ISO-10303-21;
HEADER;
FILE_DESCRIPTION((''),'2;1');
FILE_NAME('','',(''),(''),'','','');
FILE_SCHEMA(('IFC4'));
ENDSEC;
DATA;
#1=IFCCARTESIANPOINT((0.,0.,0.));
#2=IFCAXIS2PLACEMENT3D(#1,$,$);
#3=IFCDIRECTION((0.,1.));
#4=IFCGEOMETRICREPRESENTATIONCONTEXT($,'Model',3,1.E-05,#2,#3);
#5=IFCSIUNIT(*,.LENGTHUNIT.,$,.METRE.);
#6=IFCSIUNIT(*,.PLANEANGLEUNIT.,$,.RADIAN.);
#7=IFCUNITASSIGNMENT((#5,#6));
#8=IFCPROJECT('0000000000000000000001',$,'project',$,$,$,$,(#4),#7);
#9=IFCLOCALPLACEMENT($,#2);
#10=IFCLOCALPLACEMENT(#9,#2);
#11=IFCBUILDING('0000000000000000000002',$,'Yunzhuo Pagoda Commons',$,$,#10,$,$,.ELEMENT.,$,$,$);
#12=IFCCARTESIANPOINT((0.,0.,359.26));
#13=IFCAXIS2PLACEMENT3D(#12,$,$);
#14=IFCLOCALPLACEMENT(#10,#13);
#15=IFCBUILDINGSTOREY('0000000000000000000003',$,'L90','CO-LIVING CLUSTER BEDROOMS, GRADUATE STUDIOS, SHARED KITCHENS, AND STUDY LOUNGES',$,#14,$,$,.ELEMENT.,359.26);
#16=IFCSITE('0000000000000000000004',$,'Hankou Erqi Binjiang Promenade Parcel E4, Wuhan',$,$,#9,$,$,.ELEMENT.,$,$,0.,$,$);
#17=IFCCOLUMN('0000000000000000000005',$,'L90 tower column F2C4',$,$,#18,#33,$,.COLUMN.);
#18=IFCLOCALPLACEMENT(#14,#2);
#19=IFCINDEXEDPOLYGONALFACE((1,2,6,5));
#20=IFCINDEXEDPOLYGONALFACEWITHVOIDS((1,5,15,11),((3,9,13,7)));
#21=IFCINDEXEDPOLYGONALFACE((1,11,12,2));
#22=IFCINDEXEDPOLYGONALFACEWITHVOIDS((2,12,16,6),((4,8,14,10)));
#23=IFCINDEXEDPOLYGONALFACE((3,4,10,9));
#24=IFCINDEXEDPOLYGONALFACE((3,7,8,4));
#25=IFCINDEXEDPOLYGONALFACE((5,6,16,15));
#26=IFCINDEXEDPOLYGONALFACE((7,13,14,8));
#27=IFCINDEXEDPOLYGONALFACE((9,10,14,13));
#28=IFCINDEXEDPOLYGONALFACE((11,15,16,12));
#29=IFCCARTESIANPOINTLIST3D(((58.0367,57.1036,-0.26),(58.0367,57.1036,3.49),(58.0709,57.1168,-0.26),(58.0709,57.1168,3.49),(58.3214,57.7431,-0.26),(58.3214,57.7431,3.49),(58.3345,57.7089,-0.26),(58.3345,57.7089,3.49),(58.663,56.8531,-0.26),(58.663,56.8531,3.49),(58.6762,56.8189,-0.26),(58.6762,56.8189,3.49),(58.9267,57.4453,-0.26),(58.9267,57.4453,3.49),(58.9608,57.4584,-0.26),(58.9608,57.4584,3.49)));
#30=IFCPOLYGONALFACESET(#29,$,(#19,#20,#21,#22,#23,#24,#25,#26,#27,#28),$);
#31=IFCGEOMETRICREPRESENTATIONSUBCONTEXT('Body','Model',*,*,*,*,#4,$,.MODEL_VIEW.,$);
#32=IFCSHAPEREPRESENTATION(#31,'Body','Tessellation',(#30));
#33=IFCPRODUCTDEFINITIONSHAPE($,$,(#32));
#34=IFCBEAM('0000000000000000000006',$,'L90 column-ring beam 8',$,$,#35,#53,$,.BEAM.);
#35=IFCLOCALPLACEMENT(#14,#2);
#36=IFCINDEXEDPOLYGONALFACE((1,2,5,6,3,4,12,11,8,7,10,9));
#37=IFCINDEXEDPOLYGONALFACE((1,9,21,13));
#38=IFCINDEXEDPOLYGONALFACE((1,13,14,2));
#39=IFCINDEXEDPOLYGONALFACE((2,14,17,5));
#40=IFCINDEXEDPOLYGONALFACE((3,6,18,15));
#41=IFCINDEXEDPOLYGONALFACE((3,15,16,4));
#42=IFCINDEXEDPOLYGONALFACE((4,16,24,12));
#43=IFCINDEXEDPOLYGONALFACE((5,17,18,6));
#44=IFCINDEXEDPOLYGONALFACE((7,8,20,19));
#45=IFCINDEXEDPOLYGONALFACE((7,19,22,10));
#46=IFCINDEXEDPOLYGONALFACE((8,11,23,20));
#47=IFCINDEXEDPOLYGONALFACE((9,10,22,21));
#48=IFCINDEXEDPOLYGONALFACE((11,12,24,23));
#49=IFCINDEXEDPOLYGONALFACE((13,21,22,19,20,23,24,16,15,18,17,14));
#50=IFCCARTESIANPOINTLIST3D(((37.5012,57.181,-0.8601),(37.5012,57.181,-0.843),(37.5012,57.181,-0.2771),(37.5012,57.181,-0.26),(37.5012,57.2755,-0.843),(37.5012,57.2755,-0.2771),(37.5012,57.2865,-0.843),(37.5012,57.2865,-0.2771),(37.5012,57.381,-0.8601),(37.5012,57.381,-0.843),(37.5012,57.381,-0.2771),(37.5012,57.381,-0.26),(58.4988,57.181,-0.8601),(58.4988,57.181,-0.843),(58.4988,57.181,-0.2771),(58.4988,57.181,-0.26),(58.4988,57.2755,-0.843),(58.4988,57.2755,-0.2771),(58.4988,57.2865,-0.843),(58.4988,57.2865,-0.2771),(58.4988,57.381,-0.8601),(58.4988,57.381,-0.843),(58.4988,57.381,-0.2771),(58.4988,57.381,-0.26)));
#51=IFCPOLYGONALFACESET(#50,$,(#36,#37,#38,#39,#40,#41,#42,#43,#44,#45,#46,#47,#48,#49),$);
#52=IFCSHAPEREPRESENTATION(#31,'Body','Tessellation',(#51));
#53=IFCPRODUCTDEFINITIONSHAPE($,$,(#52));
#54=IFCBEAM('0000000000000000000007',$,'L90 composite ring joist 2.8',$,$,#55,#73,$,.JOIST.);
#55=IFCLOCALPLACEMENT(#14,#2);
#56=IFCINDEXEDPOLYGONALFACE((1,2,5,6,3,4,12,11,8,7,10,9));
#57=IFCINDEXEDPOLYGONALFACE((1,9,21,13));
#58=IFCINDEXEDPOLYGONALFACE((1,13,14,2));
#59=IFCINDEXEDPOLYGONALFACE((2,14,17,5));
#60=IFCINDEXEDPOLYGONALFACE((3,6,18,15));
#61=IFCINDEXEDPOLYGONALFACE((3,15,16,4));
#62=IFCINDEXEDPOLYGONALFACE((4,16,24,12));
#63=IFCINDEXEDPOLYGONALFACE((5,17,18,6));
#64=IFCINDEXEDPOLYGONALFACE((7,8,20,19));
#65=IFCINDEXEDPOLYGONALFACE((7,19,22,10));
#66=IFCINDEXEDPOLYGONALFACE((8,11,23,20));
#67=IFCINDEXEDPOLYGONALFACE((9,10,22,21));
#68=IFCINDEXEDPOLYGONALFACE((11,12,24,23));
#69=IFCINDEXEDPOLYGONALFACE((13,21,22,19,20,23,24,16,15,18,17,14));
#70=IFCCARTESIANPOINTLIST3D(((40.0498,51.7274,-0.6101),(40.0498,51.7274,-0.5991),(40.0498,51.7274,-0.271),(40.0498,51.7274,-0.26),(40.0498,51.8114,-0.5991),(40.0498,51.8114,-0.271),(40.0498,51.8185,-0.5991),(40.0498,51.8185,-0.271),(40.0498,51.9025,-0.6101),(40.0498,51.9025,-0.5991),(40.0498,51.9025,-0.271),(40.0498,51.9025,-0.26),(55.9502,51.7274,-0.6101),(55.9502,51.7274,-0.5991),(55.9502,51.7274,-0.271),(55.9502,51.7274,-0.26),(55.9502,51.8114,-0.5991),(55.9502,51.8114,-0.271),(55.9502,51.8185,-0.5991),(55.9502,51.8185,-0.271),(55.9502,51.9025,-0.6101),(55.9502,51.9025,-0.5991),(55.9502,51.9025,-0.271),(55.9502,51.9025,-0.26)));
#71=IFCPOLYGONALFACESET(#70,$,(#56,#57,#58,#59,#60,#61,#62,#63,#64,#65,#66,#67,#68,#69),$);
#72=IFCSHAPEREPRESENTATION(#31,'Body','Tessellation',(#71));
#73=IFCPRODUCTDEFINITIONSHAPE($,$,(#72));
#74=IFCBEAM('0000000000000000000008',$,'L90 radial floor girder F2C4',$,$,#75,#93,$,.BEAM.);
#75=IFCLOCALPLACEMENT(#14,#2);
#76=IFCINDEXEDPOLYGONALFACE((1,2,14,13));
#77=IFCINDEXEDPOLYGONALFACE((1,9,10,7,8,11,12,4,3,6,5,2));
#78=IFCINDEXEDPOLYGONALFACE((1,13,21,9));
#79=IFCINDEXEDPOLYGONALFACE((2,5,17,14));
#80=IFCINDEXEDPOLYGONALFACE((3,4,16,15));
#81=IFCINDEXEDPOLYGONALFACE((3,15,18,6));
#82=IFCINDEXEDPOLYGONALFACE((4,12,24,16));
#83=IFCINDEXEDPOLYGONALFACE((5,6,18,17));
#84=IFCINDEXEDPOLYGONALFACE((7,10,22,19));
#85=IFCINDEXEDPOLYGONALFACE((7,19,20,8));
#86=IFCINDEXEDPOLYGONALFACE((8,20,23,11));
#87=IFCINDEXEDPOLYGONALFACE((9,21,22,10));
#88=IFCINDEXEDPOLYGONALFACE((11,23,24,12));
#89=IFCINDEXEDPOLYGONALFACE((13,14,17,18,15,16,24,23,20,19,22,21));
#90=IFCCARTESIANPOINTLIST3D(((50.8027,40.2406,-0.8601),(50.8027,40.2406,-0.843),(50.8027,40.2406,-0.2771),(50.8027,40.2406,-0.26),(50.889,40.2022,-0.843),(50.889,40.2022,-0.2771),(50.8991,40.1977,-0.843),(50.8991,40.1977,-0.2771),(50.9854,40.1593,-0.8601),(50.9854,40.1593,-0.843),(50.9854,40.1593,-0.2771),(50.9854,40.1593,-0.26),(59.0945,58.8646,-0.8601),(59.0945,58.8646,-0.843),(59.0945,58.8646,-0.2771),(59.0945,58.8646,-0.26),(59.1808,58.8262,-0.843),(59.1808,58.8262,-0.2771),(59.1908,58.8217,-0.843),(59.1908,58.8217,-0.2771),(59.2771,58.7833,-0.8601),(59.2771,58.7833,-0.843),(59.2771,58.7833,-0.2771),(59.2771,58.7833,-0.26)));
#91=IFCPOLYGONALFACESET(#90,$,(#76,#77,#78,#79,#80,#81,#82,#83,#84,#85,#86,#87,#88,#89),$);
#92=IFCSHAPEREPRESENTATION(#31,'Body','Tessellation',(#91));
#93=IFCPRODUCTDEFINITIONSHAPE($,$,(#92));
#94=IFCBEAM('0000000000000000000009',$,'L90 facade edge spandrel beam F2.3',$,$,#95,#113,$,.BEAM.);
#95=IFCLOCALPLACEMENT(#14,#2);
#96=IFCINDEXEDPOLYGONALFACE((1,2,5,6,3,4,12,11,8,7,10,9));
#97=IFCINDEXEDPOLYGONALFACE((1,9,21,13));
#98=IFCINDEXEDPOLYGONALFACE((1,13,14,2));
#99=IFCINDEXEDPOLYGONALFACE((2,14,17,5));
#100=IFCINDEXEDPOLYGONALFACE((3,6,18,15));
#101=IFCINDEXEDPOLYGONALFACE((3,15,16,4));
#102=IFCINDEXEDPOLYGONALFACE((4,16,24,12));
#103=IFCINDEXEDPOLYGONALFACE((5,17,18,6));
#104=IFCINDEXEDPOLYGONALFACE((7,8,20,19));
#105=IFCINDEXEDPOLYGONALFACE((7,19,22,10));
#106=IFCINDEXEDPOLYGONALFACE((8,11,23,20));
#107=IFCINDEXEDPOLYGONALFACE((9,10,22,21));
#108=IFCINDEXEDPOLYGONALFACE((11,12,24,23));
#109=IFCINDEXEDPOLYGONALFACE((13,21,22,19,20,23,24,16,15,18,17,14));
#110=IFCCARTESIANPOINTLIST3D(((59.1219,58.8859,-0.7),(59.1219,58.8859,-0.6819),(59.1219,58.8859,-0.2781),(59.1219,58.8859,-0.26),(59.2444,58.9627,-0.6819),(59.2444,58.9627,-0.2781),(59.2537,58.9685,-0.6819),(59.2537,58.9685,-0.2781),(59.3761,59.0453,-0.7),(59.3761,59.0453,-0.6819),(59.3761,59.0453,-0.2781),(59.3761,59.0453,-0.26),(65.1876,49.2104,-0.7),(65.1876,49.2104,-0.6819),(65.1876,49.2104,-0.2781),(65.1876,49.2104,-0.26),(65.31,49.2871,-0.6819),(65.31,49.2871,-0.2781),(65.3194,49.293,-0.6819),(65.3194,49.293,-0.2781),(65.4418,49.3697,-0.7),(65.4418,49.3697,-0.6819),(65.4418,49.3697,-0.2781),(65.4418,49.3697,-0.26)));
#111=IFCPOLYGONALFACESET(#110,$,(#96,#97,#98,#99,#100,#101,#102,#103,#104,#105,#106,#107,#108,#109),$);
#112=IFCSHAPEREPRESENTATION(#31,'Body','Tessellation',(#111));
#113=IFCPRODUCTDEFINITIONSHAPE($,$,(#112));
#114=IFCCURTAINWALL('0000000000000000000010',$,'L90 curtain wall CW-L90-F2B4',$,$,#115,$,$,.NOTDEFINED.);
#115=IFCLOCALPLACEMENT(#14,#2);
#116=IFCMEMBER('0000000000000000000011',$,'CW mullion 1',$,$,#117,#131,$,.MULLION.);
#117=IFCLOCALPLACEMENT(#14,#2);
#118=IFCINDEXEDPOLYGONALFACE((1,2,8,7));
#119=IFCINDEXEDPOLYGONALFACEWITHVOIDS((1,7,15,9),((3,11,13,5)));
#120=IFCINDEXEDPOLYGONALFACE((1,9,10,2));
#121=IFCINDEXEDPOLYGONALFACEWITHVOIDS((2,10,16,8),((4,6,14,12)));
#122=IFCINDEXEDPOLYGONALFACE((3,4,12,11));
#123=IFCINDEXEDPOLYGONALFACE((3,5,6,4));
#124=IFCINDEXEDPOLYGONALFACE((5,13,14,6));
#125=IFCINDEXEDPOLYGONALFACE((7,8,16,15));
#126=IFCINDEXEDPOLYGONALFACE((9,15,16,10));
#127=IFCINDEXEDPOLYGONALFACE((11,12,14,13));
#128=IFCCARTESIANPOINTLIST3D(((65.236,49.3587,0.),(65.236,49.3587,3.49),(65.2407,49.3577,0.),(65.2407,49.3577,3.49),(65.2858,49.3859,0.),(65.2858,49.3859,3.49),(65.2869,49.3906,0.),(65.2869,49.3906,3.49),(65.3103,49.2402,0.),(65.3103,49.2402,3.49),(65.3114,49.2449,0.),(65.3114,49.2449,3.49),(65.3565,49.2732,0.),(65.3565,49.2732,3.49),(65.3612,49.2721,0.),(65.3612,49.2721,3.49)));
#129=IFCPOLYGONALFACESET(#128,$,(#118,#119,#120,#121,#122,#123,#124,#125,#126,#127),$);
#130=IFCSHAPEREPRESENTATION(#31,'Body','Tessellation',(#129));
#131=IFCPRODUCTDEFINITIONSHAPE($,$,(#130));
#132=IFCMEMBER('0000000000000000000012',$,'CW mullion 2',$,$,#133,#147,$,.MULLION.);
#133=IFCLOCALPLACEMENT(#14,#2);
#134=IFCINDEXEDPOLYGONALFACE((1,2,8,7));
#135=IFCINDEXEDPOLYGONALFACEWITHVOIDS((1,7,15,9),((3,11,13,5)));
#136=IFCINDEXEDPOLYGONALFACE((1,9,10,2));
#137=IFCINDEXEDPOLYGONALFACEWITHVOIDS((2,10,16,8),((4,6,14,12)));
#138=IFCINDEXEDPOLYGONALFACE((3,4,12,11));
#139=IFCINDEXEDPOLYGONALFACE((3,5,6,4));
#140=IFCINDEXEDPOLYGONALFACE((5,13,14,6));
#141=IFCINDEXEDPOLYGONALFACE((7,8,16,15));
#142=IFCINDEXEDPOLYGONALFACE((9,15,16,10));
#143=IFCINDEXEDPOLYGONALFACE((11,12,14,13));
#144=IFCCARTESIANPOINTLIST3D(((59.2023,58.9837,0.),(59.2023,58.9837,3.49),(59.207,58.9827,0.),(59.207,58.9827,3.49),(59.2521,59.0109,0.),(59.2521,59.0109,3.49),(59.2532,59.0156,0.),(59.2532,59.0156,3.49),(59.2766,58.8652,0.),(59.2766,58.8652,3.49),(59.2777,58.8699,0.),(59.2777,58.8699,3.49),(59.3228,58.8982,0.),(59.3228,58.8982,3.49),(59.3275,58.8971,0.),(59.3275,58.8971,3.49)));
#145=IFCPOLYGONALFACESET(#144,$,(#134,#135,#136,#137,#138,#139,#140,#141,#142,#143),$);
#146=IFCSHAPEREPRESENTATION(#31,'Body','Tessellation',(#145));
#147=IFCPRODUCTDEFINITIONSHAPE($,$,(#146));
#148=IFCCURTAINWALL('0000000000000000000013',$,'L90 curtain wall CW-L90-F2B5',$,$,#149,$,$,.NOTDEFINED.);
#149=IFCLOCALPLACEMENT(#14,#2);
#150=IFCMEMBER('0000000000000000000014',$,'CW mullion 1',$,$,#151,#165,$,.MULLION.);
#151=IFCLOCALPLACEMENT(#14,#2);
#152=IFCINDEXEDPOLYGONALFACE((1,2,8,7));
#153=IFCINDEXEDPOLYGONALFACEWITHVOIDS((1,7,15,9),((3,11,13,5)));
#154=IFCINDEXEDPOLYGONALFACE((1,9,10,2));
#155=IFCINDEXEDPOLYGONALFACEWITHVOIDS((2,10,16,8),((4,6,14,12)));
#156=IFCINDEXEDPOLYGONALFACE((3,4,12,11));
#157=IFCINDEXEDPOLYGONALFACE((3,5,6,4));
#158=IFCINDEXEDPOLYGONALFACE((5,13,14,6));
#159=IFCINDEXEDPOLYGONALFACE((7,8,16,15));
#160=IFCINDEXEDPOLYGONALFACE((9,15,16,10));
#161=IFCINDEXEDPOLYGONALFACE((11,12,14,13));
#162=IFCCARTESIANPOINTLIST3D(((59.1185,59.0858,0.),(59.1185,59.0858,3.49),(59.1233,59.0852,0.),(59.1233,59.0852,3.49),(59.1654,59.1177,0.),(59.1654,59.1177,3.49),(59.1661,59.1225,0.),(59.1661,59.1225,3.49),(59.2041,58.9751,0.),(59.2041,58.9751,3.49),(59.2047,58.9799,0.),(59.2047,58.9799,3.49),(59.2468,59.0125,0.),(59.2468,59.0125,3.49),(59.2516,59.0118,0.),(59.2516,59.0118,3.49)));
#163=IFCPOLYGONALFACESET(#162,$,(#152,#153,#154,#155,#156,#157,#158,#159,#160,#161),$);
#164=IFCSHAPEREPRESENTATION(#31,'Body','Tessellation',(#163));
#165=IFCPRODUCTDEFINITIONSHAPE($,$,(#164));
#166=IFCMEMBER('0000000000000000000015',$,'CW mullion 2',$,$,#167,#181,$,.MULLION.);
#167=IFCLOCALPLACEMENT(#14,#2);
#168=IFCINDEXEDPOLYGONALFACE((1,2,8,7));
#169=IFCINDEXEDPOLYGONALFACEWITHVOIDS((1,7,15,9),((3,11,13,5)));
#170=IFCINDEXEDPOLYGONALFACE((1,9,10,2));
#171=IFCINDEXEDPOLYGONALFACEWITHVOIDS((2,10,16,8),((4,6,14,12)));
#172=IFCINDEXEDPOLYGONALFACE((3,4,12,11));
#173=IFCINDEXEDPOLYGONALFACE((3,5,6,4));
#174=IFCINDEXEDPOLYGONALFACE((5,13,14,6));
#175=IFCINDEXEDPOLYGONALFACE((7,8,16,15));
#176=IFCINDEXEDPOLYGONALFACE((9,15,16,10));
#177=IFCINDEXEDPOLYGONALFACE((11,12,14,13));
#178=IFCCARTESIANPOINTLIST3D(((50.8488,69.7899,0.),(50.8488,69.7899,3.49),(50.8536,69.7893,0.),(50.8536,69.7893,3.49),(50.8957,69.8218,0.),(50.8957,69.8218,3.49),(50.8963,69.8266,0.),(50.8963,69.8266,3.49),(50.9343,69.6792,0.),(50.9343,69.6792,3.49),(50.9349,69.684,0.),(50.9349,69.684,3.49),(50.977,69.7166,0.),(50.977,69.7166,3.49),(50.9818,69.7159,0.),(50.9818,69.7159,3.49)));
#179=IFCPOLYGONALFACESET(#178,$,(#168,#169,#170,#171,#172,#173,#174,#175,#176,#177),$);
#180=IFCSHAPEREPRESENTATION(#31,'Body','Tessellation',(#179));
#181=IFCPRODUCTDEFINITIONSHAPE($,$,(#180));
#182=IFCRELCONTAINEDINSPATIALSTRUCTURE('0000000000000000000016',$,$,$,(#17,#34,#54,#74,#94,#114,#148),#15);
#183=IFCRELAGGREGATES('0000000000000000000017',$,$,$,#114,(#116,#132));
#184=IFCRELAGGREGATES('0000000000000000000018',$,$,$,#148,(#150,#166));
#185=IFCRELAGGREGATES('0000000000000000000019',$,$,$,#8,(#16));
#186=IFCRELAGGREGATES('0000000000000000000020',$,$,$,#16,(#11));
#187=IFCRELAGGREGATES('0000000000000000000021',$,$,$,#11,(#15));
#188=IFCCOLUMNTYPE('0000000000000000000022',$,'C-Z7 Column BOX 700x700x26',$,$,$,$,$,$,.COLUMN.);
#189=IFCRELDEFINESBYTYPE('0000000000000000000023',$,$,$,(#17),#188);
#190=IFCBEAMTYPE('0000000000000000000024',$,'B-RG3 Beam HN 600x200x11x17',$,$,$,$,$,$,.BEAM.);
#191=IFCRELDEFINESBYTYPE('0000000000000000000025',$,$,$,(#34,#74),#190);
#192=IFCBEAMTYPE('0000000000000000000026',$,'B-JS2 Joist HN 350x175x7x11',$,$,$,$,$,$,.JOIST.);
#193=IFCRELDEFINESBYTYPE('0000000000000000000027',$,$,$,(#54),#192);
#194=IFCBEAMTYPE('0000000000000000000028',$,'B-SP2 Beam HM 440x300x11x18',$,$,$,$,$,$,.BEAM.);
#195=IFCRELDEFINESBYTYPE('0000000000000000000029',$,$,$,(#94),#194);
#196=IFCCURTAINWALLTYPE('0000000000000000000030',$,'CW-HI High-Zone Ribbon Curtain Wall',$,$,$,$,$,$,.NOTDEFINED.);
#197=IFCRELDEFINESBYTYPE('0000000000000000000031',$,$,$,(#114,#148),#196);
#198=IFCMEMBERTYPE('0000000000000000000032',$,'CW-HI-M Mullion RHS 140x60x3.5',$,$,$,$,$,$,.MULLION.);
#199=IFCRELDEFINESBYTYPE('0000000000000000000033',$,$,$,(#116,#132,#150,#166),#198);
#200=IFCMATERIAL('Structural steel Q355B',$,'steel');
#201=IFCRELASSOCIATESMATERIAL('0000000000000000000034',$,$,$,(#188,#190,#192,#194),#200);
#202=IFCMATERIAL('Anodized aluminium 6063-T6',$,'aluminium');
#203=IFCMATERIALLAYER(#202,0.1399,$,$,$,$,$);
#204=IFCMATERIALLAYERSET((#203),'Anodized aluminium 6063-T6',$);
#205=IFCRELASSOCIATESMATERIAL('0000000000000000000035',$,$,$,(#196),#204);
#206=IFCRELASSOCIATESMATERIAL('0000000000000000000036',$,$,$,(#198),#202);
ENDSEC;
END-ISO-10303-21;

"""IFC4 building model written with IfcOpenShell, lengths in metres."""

from ifc_helpers import new_model, si_unit, direction, frame, origin, origin_2d, place, context, subcontext, project, spatial, hollow_rectangle, i_section, extrude, source, transform, mapped, material, layer, layer_set, material_profile, profile_set, type_object, element, aggregate, save


model = new_model("IFC4")

# Units and contexts
model_context = context("Model", 3, precision=1e-05, world=origin(), true_north=direction((0.0, 1.0)))
body_context = subcontext(model_context, "Body", "Model", "MODEL_VIEW")
ifc_project = project(units=[si_unit("LENGTHUNIT", "METRE"), si_unit("PLANEANGLEUNIT", "RADIAN")], contexts=[model_context])

# Site, building, storey
site_placement = place(None, origin())
site = spatial("IfcSite", under=ifc_project, at=site_placement, Name="Hankou Erqi Binjiang Promenade Parcel E4, Wuhan", CompositionType="ELEMENT", RefElevation=0.0)
building_placement = place(site_placement, origin())
building = spatial("IfcBuilding", under=site, at=building_placement, Name="Yunzhuo Pagoda Commons", CompositionType="ELEMENT")
storey_placement = place(building_placement, frame((0.0, 0.0, 359.26)))
storey = spatial("IfcBuildingStorey", under=building, at=storey_placement, Name="L90", Description="CO-LIVING CLUSTER BEDROOMS, GRADUATE STUDIOS, SHARED KITCHENS, AND STUDY LOUNGES", CompositionType="ELEMENT", Elevation=359.26)

# Column
ifc_material_1 = material(Name="Structural steel Q355B", Category="steel")
ifc_material_profile_1 = material_profile(ifc_material_1, hollow_rectangle(XDim=0.7, YDim=0.7, WallThickness=0.0259, at=origin_2d()), Name="Structural steel Q355B")
ifc_profile_set_1 = profile_set([ifc_material_profile_1], Name="Structural steel Q355B")
column_type = type_object("IfcColumnType", Name="C-Z7 Column BOX 700x700x26", PredefinedType="COLUMN", material=ifc_profile_set_1)
shared_shape_1 = source(origin(), body_context, "Body", "SweptSolid", [
    extrude(hollow_rectangle(XDim=0.7, YDim=0.7, WallThickness=0.0259, at=origin_2d()), origin(), (0.0, 0.0, 1.0), 3.75),
])
column_placement = place(storey_placement, frame((58.4988, 57.281, -0.26), z_axis=(0.0, 0.0, 1.0), x_axis=(-0.913545, 0.406737, 0.0)))
element("IfcColumn", 1, at=column_placement, inside=storey, type_object=column_type, Name="L90 tower column F2C4", PredefinedType="COLUMN", context=body_context, shape_type="MappedRepresentation", body=[
    mapped(shared_shape_1, transform((0.0, 0.0, 0.0), scale=1.0)),
])

# Beams
ifc_material_profile_2 = material_profile(ifc_material_1, i_section(OverallWidth=0.2, OverallDepth=0.6001, WebThickness=0.011, FlangeThickness=0.0171, at=origin_2d()), Name="Structural steel Q355B")
ifc_profile_set_2 = profile_set([ifc_material_profile_2], Name="Structural steel Q355B")
beam_type_1 = type_object("IfcBeamType", Name="B-RG3 Beam HN 600x200x11x17", PredefinedType="BEAM", material=ifc_profile_set_2)
shared_shape_2 = source(origin(), body_context, "Body", "SweptSolid", [
    extrude(i_section(OverallWidth=0.2, OverallDepth=0.6001, WebThickness=0.011, FlangeThickness=0.0171, at=origin_2d()), origin(), (0.0, 0.0, 1.0), 20.9976),
])
beam_1_placement = place(storey_placement, frame((58.4988, 57.281, -0.5601), z_axis=(-1.0, 0.0, 0.0), x_axis=(0.0, -1.0, 0.0)))
element("IfcBeam", 2, at=beam_1_placement, inside=storey, type_object=beam_type_1, Name="L90 column-ring beam 8", PredefinedType="BEAM", context=body_context, shape_type="MappedRepresentation", body=[
    mapped(shared_shape_2, transform((0.0, 0.0, 0.0), scale=1.0)),
])
ifc_material_profile_3 = material_profile(ifc_material_1, i_section(OverallWidth=0.175, OverallDepth=0.3501, WebThickness=0.0071, FlangeThickness=0.011, at=origin_2d()), Name="Structural steel Q355B")
ifc_profile_set_3 = profile_set([ifc_material_profile_3], Name="Structural steel Q355B")
beam_type_2 = type_object("IfcBeamType", Name="B-JS2 Joist HN 350x175x7x11", PredefinedType="JOIST", material=ifc_profile_set_3)
shared_shape_3 = source(origin(), body_context, "Body", "SweptSolid", [
    extrude(i_section(OverallWidth=0.175, OverallDepth=0.3501, WebThickness=0.0071, FlangeThickness=0.011, at=origin_2d()), origin(), (0.0, 0.0, 1.0), 15.9004),
])
beam_2_placement = place(storey_placement, frame((55.9502, 51.8149, -0.4351), z_axis=(-1.0, 0.0, 0.0), x_axis=(0.0, -1.0, 0.0)))
element("IfcBeam", 3, at=beam_2_placement, inside=storey, type_object=beam_type_2, Name="L90 composite ring joist 2.8", PredefinedType="JOIST", context=body_context, shape_type="MappedRepresentation", body=[
    mapped(shared_shape_3, transform((0.0, 0.0, 0.0), scale=1.0)),
])
shared_shape_4 = source(origin(), body_context, "Body", "SweptSolid", [
    extrude(i_section(OverallWidth=0.2, OverallDepth=0.6001, WebThickness=0.011, FlangeThickness=0.0171, at=origin_2d()), origin(), (0.0, 0.0, 1.0), 20.3865),
])
beam_3_placement = place(storey_placement, frame((59.1858, 58.824, -0.5601), z_axis=(-0.406728, -0.913549, 0.0), x_axis=(0.913549, -0.406728, 0.0)))
element("IfcBeam", 4, at=beam_3_placement, inside=storey, type_object=beam_type_1, Name="L90 radial floor girder F2C4", PredefinedType="BEAM", context=body_context, shape_type="MappedRepresentation", body=[
    mapped(shared_shape_4, transform((0.0, 0.0, 0.0), scale=1.0)),
])
ifc_material_profile_4 = material_profile(ifc_material_1, i_section(OverallWidth=0.3, OverallDepth=0.4399, WebThickness=0.011, FlangeThickness=0.0181, at=origin_2d()), Name="Structural steel Q355B")
ifc_profile_set_4 = profile_set([ifc_material_profile_4], Name="Structural steel Q355B")
beam_type_3 = type_object("IfcBeamType", Name="B-SP2 Beam HM 440x300x11x18", PredefinedType="BEAM", material=ifc_profile_set_4)
shared_shape_5 = source(origin(), body_context, "Body", "SweptSolid", [
    extrude(i_section(OverallWidth=0.3, OverallDepth=0.4399, WebThickness=0.011, FlangeThickness=0.0181, at=origin_2d()), origin(), (0.0, 0.0, 1.0), 11.4197),
])
beam_4_placement = place(storey_placement, frame((65.3147, 49.29, -0.48), z_axis=(-0.531161, 0.847271, 0.0), x_axis=(-0.847271, -0.531161, 0.0)))
element("IfcBeam", 5, at=beam_4_placement, inside=storey, type_object=beam_type_3, Name="L90 facade edge spandrel beam F2.3", PredefinedType="BEAM", context=body_context, shape_type="MappedRepresentation", body=[
    mapped(shared_shape_5, transform((0.0, 0.0, 0.0), scale=1.0)),
])

# Curtain walls, members
ifc_material_2 = material(Name="Anodized aluminium 6063-T6", Category="aluminium")
ifc_layer_1 = layer(ifc_material_2, 0.1399)
ifc_layer_set_1 = layer_set([ifc_layer_1], Name="Anodized aluminium 6063-T6")
curtain_wall_type = type_object("IfcCurtainWallType", Name="CW-HI High-Zone Ribbon Curtain Wall", PredefinedType="NOTDEFINED", material=ifc_layer_set_1)
curtain_wall_1_placement = place(storey_placement, origin())
curtain_wall_1 = element("IfcCurtainWall", 6, at=curtain_wall_1_placement, inside=storey, type_object=curtain_wall_type, Name="L90 curtain wall CW-L90-F2B4", PredefinedType="NOTDEFINED")
ifc_material_profile_5 = material_profile(ifc_material_2, hollow_rectangle(XDim=0.0601, YDim=0.1399, WallThickness=0.0034, at=origin_2d()), Name="Anodized aluminium 6063-T6")
ifc_profile_set_5 = profile_set([ifc_material_profile_5], Name="Anodized aluminium 6063-T6")
member_type_1 = type_object("IfcMemberType", Name="CW-HI-M Mullion RHS 140x60x3.5", PredefinedType="MULLION", material=ifc_profile_set_5)
shared_shape_6 = source(origin(), body_context, "Body", "SweptSolid", [
    extrude(hollow_rectangle(XDim=0.0601, YDim=0.1399, WallThickness=0.0034, at=origin_2d()), origin(), (0.0, 0.0, 1.0), 3.49),
])
member_1_placement = place(storey_placement, frame((65.2986, 49.3154, 0.0), z_axis=(0.0, 0.0, 1.0), x_axis=(-0.847273, -0.531158, 0.0)))
member_1 = element("IfcMember", 7, at=member_1_placement, type_object=member_type_1, Name="CW mullion 1", PredefinedType="MULLION", context=body_context, shape_type="MappedRepresentation", body=[
    mapped(shared_shape_6, transform((0.0, 0.0, 0.0), scale=1.0)),
])
member_2_placement = place(storey_placement, frame((59.2649, 58.9404, 0.0), z_axis=(0.0, 0.0, 1.0), x_axis=(-0.847273, -0.531158, 0.0)))
member_2 = element("IfcMember", 8, at=member_2_placement, type_object=member_type_1, Name="CW mullion 2", PredefinedType="MULLION", context=body_context, shape_type="MappedRepresentation", body=[
    mapped(shared_shape_6, transform((0.0, 0.0, 0.0), scale=1.0)),
])
curtain_wall_2_placement = place(storey_placement, origin())
curtain_wall_2 = element("IfcCurtainWall", 9, at=curtain_wall_2_placement, inside=storey, type_object=curtain_wall_type, Name="L90 curtain wall CW-L90-F2B5", PredefinedType="NOTDEFINED")
member_3_placement = place(storey_placement, frame((59.1851, 59.0488, 0.0), z_axis=(0.0, 0.0, 1.0), x_axis=(-0.791349, -0.611365, 0.0)))
member_3 = element("IfcMember", 10, at=member_3_placement, type_object=member_type_1, Name="CW mullion 1", PredefinedType="MULLION", context=body_context, shape_type="MappedRepresentation", body=[
    mapped(shared_shape_6, transform((0.0, 0.0, 0.0), scale=1.0)),
])
member_4_placement = place(storey_placement, frame((50.9153, 69.7529, 0.0), z_axis=(0.0, 0.0, 1.0), x_axis=(-0.791349, -0.611365, 0.0)))
member_4 = element("IfcMember", 11, at=member_4_placement, type_object=member_type_1, Name="CW mullion 2", PredefinedType="MULLION", context=body_context, shape_type="MappedRepresentation", body=[
    mapped(shared_shape_6, transform((0.0, 0.0, 0.0), scale=1.0)),
])

aggregate(curtain_wall_1, [member_1, member_2])
aggregate(curtain_wall_2, [member_3, member_4])

save(model, "model.ifc")
